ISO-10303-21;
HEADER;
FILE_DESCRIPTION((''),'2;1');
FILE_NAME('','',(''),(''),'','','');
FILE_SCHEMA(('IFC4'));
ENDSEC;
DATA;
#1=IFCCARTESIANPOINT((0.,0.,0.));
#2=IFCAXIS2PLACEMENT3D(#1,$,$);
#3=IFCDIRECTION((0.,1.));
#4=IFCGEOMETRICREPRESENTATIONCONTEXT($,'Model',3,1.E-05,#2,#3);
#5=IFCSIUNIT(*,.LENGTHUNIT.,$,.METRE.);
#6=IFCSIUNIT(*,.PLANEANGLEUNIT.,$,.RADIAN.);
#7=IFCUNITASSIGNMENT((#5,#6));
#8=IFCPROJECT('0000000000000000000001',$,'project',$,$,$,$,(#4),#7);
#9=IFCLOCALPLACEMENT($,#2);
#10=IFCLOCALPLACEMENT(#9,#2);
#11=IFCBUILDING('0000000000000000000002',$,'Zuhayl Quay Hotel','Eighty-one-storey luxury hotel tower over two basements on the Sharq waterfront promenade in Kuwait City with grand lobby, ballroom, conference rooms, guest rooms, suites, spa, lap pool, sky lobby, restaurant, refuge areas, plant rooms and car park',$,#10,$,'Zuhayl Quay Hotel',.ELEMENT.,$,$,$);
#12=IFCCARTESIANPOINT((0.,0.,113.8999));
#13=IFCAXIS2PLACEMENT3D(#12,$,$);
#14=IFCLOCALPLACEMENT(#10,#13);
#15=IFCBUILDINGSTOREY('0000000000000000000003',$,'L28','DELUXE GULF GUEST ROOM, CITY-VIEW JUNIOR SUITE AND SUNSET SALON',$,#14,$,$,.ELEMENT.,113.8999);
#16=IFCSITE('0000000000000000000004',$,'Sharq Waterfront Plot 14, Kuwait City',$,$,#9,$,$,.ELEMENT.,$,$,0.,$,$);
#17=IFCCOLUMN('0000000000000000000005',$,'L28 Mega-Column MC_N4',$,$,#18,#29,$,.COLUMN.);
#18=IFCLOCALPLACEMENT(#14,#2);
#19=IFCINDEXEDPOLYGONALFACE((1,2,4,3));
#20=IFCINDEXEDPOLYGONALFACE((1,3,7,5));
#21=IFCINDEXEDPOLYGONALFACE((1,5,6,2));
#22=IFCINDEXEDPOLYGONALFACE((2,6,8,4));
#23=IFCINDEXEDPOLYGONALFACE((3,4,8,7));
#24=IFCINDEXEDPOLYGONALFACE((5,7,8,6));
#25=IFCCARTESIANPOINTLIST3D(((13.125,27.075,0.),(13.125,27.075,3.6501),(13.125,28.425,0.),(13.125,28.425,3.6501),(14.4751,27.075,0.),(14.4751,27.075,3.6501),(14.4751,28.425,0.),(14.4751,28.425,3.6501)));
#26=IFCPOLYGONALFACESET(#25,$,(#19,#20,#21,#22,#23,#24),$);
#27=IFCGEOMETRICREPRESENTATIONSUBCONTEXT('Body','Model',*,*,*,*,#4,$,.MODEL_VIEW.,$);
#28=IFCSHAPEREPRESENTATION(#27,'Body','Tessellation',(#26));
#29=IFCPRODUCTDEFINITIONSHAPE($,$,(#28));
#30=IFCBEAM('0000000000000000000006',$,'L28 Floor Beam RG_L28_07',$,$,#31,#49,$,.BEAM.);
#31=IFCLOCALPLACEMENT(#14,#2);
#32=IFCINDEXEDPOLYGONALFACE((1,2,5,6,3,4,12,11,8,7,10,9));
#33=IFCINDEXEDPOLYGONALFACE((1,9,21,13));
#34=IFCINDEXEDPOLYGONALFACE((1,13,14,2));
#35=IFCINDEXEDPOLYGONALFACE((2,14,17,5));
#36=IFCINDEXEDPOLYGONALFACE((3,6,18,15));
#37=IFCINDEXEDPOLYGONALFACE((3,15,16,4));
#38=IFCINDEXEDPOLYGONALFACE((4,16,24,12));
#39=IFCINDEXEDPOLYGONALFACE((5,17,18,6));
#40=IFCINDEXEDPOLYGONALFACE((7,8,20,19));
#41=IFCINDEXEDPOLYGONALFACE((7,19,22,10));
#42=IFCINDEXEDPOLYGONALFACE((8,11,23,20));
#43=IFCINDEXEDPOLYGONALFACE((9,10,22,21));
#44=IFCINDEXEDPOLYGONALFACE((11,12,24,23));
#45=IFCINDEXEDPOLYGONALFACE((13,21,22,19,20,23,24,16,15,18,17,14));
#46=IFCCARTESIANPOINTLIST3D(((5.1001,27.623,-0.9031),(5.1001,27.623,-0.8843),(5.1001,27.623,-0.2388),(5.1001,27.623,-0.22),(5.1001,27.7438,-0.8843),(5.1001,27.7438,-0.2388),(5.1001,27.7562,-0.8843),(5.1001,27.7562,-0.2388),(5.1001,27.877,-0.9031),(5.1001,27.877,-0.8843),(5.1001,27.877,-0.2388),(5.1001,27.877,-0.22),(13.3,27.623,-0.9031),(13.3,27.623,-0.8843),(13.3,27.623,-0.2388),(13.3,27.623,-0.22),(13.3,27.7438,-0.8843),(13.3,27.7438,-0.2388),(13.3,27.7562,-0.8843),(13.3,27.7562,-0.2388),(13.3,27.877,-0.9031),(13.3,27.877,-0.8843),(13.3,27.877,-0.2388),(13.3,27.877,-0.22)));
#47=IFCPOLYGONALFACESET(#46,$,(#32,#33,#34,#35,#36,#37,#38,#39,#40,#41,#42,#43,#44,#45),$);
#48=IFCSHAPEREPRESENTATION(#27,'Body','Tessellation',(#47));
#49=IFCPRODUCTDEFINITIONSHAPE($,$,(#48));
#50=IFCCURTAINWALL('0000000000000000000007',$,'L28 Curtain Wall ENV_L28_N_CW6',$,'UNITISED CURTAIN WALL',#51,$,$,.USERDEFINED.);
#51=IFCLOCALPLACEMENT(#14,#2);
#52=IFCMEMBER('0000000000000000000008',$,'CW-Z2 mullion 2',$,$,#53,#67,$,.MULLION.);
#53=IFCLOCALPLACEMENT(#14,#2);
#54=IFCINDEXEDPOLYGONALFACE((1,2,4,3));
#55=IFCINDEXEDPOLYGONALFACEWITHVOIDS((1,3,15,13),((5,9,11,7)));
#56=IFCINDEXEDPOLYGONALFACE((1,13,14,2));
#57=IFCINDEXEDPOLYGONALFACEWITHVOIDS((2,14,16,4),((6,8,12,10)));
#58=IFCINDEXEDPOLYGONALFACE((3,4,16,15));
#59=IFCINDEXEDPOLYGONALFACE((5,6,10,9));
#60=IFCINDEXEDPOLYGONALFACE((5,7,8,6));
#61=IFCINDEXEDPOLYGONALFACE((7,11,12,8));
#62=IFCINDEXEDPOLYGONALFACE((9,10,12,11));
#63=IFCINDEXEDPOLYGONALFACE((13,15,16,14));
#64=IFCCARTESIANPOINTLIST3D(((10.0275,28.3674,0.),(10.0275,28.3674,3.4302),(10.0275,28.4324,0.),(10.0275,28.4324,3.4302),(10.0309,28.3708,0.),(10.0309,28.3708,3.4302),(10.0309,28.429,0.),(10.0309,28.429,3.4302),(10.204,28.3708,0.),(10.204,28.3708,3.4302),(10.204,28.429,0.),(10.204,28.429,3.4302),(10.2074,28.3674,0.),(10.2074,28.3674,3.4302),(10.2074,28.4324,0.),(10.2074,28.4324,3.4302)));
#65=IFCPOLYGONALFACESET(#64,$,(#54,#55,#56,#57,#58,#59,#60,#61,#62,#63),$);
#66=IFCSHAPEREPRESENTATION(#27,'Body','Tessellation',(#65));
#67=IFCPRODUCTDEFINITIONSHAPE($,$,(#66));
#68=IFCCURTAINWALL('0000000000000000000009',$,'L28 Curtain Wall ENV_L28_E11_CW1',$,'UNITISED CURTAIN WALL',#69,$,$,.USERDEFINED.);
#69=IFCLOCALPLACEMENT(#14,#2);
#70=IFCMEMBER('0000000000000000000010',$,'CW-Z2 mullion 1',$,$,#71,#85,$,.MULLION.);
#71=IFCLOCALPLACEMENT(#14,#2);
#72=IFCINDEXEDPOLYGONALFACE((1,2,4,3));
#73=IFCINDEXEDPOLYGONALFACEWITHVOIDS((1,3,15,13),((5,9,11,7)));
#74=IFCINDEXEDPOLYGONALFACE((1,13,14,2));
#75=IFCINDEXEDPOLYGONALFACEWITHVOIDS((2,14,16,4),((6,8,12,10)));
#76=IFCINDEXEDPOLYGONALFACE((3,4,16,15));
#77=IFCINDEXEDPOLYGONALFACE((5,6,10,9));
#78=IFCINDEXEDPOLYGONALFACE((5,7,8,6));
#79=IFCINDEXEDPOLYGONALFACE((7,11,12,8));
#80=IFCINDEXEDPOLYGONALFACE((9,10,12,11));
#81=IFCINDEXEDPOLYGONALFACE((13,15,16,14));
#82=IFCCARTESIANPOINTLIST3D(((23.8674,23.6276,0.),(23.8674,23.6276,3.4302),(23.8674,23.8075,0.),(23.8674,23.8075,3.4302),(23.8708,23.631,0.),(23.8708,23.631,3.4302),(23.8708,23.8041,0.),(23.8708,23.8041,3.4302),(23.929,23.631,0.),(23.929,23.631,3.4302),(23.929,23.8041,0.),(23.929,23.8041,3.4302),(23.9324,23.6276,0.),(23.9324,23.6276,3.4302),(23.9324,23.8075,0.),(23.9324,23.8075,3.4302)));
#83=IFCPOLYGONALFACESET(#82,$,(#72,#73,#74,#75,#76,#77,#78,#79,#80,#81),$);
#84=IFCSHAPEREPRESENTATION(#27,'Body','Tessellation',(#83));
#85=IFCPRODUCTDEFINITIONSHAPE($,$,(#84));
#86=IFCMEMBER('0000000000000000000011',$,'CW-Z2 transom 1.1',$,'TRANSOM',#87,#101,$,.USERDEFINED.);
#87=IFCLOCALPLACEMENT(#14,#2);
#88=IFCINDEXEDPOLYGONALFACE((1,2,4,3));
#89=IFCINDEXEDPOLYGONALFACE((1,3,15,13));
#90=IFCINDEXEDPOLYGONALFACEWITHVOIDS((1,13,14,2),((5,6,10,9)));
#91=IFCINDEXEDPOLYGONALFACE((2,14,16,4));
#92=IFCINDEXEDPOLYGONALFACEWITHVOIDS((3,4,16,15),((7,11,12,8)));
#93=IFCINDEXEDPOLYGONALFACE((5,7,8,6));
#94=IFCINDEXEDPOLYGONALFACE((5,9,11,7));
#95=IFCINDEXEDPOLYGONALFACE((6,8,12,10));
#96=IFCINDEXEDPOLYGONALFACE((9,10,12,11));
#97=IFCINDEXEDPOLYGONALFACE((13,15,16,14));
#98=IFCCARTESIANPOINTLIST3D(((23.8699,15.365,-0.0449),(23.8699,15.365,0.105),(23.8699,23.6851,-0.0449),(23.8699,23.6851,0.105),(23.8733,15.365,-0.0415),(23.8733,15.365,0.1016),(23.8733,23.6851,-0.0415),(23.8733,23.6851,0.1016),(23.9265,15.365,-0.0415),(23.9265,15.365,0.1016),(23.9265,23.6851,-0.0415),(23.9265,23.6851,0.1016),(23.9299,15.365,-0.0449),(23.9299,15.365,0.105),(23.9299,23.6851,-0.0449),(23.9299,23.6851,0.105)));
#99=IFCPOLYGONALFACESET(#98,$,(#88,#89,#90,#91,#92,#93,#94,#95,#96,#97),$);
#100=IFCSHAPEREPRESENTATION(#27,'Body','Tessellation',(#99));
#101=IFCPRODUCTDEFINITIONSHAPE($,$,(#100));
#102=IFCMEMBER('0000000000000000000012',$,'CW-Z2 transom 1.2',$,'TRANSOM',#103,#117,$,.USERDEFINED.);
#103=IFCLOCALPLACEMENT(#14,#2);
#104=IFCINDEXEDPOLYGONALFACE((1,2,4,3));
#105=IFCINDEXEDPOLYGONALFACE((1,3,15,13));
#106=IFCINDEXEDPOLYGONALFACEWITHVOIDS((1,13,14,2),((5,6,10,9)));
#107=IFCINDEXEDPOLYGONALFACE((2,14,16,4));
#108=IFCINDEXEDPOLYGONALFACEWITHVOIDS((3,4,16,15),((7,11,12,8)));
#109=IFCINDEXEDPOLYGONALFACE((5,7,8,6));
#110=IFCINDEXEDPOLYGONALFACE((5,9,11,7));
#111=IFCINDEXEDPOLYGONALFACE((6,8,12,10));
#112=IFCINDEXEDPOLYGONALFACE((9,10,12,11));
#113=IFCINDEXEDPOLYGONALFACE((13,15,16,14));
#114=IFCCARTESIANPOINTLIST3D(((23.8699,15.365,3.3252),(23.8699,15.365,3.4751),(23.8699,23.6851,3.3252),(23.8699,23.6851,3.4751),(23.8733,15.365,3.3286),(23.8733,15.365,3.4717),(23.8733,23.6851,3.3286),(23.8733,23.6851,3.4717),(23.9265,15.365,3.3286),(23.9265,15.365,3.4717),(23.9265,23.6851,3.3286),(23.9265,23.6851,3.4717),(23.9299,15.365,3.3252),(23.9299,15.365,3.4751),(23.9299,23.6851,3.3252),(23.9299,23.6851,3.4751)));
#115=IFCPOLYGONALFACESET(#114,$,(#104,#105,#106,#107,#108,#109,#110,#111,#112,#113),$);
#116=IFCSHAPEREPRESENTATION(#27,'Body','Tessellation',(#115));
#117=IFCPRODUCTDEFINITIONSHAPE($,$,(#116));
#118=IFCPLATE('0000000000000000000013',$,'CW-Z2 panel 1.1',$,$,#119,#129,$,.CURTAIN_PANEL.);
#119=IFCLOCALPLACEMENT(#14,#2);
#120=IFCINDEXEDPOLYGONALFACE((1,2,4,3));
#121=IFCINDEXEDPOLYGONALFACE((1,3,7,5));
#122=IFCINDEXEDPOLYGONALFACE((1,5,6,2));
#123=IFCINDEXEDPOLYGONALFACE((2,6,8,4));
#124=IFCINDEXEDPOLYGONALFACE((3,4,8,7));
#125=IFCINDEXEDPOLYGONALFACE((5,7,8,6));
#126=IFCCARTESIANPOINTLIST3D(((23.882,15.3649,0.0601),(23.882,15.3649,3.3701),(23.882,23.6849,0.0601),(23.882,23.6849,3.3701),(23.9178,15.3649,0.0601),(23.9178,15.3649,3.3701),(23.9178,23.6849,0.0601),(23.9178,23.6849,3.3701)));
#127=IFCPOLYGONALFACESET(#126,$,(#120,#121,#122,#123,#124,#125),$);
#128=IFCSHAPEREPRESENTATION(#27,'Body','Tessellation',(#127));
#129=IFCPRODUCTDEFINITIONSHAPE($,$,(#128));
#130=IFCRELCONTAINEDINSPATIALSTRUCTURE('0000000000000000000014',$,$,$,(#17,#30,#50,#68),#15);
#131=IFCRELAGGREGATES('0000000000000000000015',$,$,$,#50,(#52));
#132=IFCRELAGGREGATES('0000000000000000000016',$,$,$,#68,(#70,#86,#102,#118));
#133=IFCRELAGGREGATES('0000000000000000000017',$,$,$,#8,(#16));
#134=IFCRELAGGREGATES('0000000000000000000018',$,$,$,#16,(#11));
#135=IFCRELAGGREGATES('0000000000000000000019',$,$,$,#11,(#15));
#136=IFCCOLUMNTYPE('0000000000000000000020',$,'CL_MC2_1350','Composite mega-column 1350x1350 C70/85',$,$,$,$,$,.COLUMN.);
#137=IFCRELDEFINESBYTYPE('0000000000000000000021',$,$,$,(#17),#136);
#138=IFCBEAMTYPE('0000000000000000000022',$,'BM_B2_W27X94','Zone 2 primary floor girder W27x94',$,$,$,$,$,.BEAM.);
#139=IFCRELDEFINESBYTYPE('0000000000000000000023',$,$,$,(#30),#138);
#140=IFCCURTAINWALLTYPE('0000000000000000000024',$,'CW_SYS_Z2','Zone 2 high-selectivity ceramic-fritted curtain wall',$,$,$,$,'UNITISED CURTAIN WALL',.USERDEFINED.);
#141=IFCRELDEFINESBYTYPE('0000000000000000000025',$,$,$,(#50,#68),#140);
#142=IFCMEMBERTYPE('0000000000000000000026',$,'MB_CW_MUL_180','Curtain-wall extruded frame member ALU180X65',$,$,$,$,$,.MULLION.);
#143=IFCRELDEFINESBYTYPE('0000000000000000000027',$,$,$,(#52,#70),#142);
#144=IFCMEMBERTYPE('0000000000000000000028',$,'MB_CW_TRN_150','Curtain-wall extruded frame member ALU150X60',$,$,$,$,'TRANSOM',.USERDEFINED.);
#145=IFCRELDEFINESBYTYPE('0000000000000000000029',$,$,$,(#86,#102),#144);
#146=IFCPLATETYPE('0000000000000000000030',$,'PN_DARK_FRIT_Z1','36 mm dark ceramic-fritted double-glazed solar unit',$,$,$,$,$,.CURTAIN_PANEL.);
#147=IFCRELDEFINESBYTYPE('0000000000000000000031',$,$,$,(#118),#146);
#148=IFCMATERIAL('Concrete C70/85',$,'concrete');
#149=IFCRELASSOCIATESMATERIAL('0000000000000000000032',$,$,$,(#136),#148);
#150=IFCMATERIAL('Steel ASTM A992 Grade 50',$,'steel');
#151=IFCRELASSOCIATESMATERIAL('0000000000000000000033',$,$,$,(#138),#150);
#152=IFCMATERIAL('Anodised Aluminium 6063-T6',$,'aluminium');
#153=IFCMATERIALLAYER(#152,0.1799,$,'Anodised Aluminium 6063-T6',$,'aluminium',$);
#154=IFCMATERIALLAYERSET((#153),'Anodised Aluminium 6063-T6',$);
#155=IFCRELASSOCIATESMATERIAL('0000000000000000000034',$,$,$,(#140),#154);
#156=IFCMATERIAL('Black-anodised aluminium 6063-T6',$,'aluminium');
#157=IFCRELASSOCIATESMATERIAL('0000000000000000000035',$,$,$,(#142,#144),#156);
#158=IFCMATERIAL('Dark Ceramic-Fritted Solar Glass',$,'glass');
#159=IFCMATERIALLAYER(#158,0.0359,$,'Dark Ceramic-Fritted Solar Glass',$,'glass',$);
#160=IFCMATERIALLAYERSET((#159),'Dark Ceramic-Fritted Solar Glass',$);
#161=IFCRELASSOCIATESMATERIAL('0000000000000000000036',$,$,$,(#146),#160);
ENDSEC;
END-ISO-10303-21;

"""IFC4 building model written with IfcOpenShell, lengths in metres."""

from ifc_helpers import new_model, si_unit, direction, frame, origin, origin_2d, place, context, subcontext, project, spatial, rectangle, hollow_rectangle, i_section, extrude, material, layer, layer_set, material_profile, profile_set, type_object, element, aggregate, save


model = new_model("IFC4")

# Units and contexts
model_context = context("Model", 3, precision=1e-05, world=origin(), true_north=direction((0.0, 1.0)))
body_context = subcontext(model_context, "Body", "Model", "MODEL_VIEW")
ifc_project = project(units=[si_unit("LENGTHUNIT", "METRE"), si_unit("PLANEANGLEUNIT", "RADIAN")], contexts=[model_context])

# Site, building, storey
site_placement = place(None, origin())
site = spatial("IfcSite", under=ifc_project, at=site_placement, Name="Sharq Waterfront Plot 14, Kuwait City", CompositionType="ELEMENT", RefElevation=0.0)
building_placement = place(site_placement, origin())
building = spatial("IfcBuilding", under=site, at=building_placement, Name="Zuhayl Quay Hotel", Description="Eighty-one-storey luxury hotel tower over two basements on the Sharq waterfront promenade in Kuwait City with grand lobby, ballroom, conference rooms, guest rooms, suites, spa, lap pool, sky lobby, restaurant, refuge areas, plant rooms and car park", LongName="Zuhayl Quay Hotel", CompositionType="ELEMENT")
storey_placement = place(building_placement, frame((0.0, 0.0, 113.8999)))
storey = spatial("IfcBuildingStorey", under=building, at=storey_placement, Name="L28", Description="DELUXE GULF GUEST ROOM, CITY-VIEW JUNIOR SUITE AND SUNSET SALON", CompositionType="ELEMENT", Elevation=113.8999)

# Column
ifc_material_1 = material(Name="Concrete C70/85", Category="concrete")
ifc_material_profile_1 = material_profile(ifc_material_1, rectangle(XDim=1.3501, YDim=1.3501, at=origin_2d()), Name="RC1350X1350")
ifc_profile_set_1 = profile_set([ifc_material_profile_1], Name="Concrete C70/85")
column_type = type_object("IfcColumnType", Name="CL_MC2_1350", Description="Composite mega-column 1350x1350 C70/85", PredefinedType="COLUMN", material=ifc_profile_set_1)
column_placement = place(storey_placement, frame((13.8, 27.75, 0.0), z_axis=(0.0, 0.0, 1.0), x_axis=(1.0, 0.0, 0.0)))
element("IfcColumn", 1, at=column_placement, inside=storey, type_object=column_type, Name="L28 Mega-Column MC_N4", PredefinedType="COLUMN", context=body_context, shape_type="SweptSolid", body=[
    extrude(rectangle(XDim=1.3501, YDim=1.3501, at=origin_2d()), origin(), (0.0, 0.0, 1.0), 3.6501),
])

# Beam
ifc_material_2 = material(Name="Steel ASTM A992 Grade 50", Category="steel")
ifc_material_profile_2 = material_profile(ifc_material_2, i_section(OverallWidth=0.2539, OverallDepth=0.6831, WebThickness=0.0125, FlangeThickness=0.0188, at=origin_2d()), Name="W27X94")
ifc_profile_set_2 = profile_set([ifc_material_profile_2], Name="Steel ASTM A992 Grade 50")
beam_type = type_object("IfcBeamType", Name="BM_B2_W27X94", Description="Zone 2 primary floor girder W27x94", PredefinedType="BEAM", material=ifc_profile_set_2)
beam_placement = place(storey_placement, frame((13.3, 27.75, -0.5615), z_axis=(-1.0, 0.0, 0.0), x_axis=(0.0, -1.0, 0.0)))
element("IfcBeam", 2, at=beam_placement, inside=storey, type_object=beam_type, Name="L28 Floor Beam RG_L28_07", PredefinedType="BEAM", context=body_context, shape_type="SweptSolid", body=[
    extrude(i_section(OverallWidth=0.2539, OverallDepth=0.6831, WebThickness=0.0125, FlangeThickness=0.0188, at=origin_2d()), origin(), (0.0, 0.0, 1.0), 8.2),
])

# Curtain wall, member
ifc_material_3 = material(Name="Anodised Aluminium 6063-T6", Category="aluminium")
ifc_layer_1 = layer(ifc_material_3, 0.1799, Name="Anodised Aluminium 6063-T6", Category="aluminium")
ifc_layer_set_1 = layer_set([ifc_layer_1], Name="Anodised Aluminium 6063-T6")
curtain_wall_type = type_object("IfcCurtainWallType", Name="CW_SYS_Z2", Description="Zone 2 high-selectivity ceramic-fritted curtain wall", ElementType="UNITISED CURTAIN WALL", PredefinedType="USERDEFINED", material=ifc_layer_set_1)
curtain_wall_1_placement = place(storey_placement, origin())
curtain_wall_1 = element("IfcCurtainWall", 3, at=curtain_wall_1_placement, inside=storey, type_object=curtain_wall_type, Name="L28 Curtain Wall ENV_L28_N_CW6", ObjectType="UNITISED CURTAIN WALL", PredefinedType="USERDEFINED")
ifc_material_4 = material(Name="Black-anodised aluminium 6063-T6", Category="aluminium")
ifc_material_profile_3 = material_profile(ifc_material_4, hollow_rectangle(XDim=0.0649, YDim=0.1799, WallThickness=0.0034, at=origin_2d()), Name="ALU180X65")
ifc_profile_set_3 = profile_set([ifc_material_profile_3], Name="Black-anodised aluminium 6063-T6")
member_type_1 = type_object("IfcMemberType", Name="MB_CW_MUL_180", Description="Curtain-wall extruded frame member ALU180X65", PredefinedType="MULLION", material=ifc_profile_set_3)
member_1_placement = place(storey_placement, frame((10.1174, 28.3999, 0.0), z_axis=(0.0, 0.0, 1.0), x_axis=(0.0, 1.0, 0.0)))
member_1 = element("IfcMember", 4, at=member_1_placement, type_object=member_type_1, Name="CW-Z2 mullion 2", PredefinedType="MULLION", context=body_context, shape_type="SweptSolid", body=[
    extrude(hollow_rectangle(XDim=0.0649, YDim=0.1799, WallThickness=0.0034, at=origin_2d()), origin(), (0.0, 0.0, 1.0), 3.4302),
])
aggregate(curtain_wall_1, [member_1])

# Curtain wall, members, plate
curtain_wall_2_placement = place(storey_placement, origin())
curtain_wall_2 = element("IfcCurtainWall", 5, at=curtain_wall_2_placement, inside=storey, type_object=curtain_wall_type, Name="L28 Curtain Wall ENV_L28_E11_CW1", ObjectType="UNITISED CURTAIN WALL", PredefinedType="USERDEFINED")
member_2_placement = place(storey_placement, frame((23.8999, 23.7175, 0.0), z_axis=(0.0, 0.0, 1.0), x_axis=(1.0, 0.0, 0.0)))
member_2 = element("IfcMember", 6, at=member_2_placement, type_object=member_type_1, Name="CW-Z2 mullion 1", PredefinedType="MULLION", context=body_context, shape_type="SweptSolid", body=[
    extrude(hollow_rectangle(XDim=0.0649, YDim=0.1799, WallThickness=0.0034, at=origin_2d()), origin(), (0.0, 0.0, 1.0), 3.4302),
])
ifc_material_profile_4 = material_profile(ifc_material_4, hollow_rectangle(XDim=0.0601, YDim=0.1499, WallThickness=0.0034, at=origin_2d()), Name="ALU150X60")
ifc_profile_set_4 = profile_set([ifc_material_profile_4], Name="Black-anodised aluminium 6063-T6")
member_type_2 = type_object("IfcMemberType", Name="MB_CW_TRN_150", Description="Curtain-wall extruded frame member ALU150X60", ElementType="TRANSOM", PredefinedType="USERDEFINED", material=ifc_profile_set_4)
member_3_placement = place(storey_placement, frame((23.8999, 23.6851, 0.03), z_axis=(0.0, -1.0, 0.0), x_axis=(1.0, 0.0, 0.0)))
member_3 = element("IfcMember", 7, at=member_3_placement, type_object=member_type_2, Name="CW-Z2 transom 1.1", ObjectType="TRANSOM", PredefinedType="USERDEFINED", context=body_context, shape_type="SweptSolid", body=[
    extrude(hollow_rectangle(XDim=0.0601, YDim=0.1499, WallThickness=0.0034, at=origin_2d()), origin(), (0.0, 0.0, 1.0), 8.3201),
])
member_4_placement = place(storey_placement, frame((23.8999, 23.6851, 3.4001), z_axis=(0.0, -1.0, 0.0), x_axis=(1.0, 0.0, 0.0)))
member_4 = element("IfcMember", 8, at=member_4_placement, type_object=member_type_2, Name="CW-Z2 transom 1.2", ObjectType="TRANSOM", PredefinedType="USERDEFINED", context=body_context, shape_type="SweptSolid", body=[
    extrude(hollow_rectangle(XDim=0.0601, YDim=0.1499, WallThickness=0.0034, at=origin_2d()), origin(), (0.0, 0.0, 1.0), 8.3201),
])
ifc_material_5 = material(Name="Dark Ceramic-Fritted Solar Glass", Category="glass")
ifc_layer_2 = layer(ifc_material_5, 0.0359, Name="Dark Ceramic-Fritted Solar Glass", Category="glass")
ifc_layer_set_2 = layer_set([ifc_layer_2], Name="Dark Ceramic-Fritted Solar Glass")
plate_type = type_object("IfcPlateType", Name="PN_DARK_FRIT_Z1", Description="36 mm dark ceramic-fritted double-glazed solar unit", PredefinedType="CURTAIN_PANEL", material=ifc_layer_set_2)
plate_placement = place(storey_placement, frame((23.8999, 19.5249, 0.0601), z_axis=(0.0, 0.0, 1.0), x_axis=(0.0, -1.0, 0.0)))
plate = element("IfcPlate", 9, at=plate_placement, type_object=plate_type, Name="CW-Z2 panel 1.1", PredefinedType="CURTAIN_PANEL", context=body_context, shape_type="SweptSolid", body=[
    extrude(rectangle(XDim=8.3201, YDim=0.0359, at=origin_2d()), origin(), (0.0, 0.0, 1.0), 3.3101),
])
aggregate(curtain_wall_2, [member_2, member_3, member_4, plate])

save(model, "model.ifc")
